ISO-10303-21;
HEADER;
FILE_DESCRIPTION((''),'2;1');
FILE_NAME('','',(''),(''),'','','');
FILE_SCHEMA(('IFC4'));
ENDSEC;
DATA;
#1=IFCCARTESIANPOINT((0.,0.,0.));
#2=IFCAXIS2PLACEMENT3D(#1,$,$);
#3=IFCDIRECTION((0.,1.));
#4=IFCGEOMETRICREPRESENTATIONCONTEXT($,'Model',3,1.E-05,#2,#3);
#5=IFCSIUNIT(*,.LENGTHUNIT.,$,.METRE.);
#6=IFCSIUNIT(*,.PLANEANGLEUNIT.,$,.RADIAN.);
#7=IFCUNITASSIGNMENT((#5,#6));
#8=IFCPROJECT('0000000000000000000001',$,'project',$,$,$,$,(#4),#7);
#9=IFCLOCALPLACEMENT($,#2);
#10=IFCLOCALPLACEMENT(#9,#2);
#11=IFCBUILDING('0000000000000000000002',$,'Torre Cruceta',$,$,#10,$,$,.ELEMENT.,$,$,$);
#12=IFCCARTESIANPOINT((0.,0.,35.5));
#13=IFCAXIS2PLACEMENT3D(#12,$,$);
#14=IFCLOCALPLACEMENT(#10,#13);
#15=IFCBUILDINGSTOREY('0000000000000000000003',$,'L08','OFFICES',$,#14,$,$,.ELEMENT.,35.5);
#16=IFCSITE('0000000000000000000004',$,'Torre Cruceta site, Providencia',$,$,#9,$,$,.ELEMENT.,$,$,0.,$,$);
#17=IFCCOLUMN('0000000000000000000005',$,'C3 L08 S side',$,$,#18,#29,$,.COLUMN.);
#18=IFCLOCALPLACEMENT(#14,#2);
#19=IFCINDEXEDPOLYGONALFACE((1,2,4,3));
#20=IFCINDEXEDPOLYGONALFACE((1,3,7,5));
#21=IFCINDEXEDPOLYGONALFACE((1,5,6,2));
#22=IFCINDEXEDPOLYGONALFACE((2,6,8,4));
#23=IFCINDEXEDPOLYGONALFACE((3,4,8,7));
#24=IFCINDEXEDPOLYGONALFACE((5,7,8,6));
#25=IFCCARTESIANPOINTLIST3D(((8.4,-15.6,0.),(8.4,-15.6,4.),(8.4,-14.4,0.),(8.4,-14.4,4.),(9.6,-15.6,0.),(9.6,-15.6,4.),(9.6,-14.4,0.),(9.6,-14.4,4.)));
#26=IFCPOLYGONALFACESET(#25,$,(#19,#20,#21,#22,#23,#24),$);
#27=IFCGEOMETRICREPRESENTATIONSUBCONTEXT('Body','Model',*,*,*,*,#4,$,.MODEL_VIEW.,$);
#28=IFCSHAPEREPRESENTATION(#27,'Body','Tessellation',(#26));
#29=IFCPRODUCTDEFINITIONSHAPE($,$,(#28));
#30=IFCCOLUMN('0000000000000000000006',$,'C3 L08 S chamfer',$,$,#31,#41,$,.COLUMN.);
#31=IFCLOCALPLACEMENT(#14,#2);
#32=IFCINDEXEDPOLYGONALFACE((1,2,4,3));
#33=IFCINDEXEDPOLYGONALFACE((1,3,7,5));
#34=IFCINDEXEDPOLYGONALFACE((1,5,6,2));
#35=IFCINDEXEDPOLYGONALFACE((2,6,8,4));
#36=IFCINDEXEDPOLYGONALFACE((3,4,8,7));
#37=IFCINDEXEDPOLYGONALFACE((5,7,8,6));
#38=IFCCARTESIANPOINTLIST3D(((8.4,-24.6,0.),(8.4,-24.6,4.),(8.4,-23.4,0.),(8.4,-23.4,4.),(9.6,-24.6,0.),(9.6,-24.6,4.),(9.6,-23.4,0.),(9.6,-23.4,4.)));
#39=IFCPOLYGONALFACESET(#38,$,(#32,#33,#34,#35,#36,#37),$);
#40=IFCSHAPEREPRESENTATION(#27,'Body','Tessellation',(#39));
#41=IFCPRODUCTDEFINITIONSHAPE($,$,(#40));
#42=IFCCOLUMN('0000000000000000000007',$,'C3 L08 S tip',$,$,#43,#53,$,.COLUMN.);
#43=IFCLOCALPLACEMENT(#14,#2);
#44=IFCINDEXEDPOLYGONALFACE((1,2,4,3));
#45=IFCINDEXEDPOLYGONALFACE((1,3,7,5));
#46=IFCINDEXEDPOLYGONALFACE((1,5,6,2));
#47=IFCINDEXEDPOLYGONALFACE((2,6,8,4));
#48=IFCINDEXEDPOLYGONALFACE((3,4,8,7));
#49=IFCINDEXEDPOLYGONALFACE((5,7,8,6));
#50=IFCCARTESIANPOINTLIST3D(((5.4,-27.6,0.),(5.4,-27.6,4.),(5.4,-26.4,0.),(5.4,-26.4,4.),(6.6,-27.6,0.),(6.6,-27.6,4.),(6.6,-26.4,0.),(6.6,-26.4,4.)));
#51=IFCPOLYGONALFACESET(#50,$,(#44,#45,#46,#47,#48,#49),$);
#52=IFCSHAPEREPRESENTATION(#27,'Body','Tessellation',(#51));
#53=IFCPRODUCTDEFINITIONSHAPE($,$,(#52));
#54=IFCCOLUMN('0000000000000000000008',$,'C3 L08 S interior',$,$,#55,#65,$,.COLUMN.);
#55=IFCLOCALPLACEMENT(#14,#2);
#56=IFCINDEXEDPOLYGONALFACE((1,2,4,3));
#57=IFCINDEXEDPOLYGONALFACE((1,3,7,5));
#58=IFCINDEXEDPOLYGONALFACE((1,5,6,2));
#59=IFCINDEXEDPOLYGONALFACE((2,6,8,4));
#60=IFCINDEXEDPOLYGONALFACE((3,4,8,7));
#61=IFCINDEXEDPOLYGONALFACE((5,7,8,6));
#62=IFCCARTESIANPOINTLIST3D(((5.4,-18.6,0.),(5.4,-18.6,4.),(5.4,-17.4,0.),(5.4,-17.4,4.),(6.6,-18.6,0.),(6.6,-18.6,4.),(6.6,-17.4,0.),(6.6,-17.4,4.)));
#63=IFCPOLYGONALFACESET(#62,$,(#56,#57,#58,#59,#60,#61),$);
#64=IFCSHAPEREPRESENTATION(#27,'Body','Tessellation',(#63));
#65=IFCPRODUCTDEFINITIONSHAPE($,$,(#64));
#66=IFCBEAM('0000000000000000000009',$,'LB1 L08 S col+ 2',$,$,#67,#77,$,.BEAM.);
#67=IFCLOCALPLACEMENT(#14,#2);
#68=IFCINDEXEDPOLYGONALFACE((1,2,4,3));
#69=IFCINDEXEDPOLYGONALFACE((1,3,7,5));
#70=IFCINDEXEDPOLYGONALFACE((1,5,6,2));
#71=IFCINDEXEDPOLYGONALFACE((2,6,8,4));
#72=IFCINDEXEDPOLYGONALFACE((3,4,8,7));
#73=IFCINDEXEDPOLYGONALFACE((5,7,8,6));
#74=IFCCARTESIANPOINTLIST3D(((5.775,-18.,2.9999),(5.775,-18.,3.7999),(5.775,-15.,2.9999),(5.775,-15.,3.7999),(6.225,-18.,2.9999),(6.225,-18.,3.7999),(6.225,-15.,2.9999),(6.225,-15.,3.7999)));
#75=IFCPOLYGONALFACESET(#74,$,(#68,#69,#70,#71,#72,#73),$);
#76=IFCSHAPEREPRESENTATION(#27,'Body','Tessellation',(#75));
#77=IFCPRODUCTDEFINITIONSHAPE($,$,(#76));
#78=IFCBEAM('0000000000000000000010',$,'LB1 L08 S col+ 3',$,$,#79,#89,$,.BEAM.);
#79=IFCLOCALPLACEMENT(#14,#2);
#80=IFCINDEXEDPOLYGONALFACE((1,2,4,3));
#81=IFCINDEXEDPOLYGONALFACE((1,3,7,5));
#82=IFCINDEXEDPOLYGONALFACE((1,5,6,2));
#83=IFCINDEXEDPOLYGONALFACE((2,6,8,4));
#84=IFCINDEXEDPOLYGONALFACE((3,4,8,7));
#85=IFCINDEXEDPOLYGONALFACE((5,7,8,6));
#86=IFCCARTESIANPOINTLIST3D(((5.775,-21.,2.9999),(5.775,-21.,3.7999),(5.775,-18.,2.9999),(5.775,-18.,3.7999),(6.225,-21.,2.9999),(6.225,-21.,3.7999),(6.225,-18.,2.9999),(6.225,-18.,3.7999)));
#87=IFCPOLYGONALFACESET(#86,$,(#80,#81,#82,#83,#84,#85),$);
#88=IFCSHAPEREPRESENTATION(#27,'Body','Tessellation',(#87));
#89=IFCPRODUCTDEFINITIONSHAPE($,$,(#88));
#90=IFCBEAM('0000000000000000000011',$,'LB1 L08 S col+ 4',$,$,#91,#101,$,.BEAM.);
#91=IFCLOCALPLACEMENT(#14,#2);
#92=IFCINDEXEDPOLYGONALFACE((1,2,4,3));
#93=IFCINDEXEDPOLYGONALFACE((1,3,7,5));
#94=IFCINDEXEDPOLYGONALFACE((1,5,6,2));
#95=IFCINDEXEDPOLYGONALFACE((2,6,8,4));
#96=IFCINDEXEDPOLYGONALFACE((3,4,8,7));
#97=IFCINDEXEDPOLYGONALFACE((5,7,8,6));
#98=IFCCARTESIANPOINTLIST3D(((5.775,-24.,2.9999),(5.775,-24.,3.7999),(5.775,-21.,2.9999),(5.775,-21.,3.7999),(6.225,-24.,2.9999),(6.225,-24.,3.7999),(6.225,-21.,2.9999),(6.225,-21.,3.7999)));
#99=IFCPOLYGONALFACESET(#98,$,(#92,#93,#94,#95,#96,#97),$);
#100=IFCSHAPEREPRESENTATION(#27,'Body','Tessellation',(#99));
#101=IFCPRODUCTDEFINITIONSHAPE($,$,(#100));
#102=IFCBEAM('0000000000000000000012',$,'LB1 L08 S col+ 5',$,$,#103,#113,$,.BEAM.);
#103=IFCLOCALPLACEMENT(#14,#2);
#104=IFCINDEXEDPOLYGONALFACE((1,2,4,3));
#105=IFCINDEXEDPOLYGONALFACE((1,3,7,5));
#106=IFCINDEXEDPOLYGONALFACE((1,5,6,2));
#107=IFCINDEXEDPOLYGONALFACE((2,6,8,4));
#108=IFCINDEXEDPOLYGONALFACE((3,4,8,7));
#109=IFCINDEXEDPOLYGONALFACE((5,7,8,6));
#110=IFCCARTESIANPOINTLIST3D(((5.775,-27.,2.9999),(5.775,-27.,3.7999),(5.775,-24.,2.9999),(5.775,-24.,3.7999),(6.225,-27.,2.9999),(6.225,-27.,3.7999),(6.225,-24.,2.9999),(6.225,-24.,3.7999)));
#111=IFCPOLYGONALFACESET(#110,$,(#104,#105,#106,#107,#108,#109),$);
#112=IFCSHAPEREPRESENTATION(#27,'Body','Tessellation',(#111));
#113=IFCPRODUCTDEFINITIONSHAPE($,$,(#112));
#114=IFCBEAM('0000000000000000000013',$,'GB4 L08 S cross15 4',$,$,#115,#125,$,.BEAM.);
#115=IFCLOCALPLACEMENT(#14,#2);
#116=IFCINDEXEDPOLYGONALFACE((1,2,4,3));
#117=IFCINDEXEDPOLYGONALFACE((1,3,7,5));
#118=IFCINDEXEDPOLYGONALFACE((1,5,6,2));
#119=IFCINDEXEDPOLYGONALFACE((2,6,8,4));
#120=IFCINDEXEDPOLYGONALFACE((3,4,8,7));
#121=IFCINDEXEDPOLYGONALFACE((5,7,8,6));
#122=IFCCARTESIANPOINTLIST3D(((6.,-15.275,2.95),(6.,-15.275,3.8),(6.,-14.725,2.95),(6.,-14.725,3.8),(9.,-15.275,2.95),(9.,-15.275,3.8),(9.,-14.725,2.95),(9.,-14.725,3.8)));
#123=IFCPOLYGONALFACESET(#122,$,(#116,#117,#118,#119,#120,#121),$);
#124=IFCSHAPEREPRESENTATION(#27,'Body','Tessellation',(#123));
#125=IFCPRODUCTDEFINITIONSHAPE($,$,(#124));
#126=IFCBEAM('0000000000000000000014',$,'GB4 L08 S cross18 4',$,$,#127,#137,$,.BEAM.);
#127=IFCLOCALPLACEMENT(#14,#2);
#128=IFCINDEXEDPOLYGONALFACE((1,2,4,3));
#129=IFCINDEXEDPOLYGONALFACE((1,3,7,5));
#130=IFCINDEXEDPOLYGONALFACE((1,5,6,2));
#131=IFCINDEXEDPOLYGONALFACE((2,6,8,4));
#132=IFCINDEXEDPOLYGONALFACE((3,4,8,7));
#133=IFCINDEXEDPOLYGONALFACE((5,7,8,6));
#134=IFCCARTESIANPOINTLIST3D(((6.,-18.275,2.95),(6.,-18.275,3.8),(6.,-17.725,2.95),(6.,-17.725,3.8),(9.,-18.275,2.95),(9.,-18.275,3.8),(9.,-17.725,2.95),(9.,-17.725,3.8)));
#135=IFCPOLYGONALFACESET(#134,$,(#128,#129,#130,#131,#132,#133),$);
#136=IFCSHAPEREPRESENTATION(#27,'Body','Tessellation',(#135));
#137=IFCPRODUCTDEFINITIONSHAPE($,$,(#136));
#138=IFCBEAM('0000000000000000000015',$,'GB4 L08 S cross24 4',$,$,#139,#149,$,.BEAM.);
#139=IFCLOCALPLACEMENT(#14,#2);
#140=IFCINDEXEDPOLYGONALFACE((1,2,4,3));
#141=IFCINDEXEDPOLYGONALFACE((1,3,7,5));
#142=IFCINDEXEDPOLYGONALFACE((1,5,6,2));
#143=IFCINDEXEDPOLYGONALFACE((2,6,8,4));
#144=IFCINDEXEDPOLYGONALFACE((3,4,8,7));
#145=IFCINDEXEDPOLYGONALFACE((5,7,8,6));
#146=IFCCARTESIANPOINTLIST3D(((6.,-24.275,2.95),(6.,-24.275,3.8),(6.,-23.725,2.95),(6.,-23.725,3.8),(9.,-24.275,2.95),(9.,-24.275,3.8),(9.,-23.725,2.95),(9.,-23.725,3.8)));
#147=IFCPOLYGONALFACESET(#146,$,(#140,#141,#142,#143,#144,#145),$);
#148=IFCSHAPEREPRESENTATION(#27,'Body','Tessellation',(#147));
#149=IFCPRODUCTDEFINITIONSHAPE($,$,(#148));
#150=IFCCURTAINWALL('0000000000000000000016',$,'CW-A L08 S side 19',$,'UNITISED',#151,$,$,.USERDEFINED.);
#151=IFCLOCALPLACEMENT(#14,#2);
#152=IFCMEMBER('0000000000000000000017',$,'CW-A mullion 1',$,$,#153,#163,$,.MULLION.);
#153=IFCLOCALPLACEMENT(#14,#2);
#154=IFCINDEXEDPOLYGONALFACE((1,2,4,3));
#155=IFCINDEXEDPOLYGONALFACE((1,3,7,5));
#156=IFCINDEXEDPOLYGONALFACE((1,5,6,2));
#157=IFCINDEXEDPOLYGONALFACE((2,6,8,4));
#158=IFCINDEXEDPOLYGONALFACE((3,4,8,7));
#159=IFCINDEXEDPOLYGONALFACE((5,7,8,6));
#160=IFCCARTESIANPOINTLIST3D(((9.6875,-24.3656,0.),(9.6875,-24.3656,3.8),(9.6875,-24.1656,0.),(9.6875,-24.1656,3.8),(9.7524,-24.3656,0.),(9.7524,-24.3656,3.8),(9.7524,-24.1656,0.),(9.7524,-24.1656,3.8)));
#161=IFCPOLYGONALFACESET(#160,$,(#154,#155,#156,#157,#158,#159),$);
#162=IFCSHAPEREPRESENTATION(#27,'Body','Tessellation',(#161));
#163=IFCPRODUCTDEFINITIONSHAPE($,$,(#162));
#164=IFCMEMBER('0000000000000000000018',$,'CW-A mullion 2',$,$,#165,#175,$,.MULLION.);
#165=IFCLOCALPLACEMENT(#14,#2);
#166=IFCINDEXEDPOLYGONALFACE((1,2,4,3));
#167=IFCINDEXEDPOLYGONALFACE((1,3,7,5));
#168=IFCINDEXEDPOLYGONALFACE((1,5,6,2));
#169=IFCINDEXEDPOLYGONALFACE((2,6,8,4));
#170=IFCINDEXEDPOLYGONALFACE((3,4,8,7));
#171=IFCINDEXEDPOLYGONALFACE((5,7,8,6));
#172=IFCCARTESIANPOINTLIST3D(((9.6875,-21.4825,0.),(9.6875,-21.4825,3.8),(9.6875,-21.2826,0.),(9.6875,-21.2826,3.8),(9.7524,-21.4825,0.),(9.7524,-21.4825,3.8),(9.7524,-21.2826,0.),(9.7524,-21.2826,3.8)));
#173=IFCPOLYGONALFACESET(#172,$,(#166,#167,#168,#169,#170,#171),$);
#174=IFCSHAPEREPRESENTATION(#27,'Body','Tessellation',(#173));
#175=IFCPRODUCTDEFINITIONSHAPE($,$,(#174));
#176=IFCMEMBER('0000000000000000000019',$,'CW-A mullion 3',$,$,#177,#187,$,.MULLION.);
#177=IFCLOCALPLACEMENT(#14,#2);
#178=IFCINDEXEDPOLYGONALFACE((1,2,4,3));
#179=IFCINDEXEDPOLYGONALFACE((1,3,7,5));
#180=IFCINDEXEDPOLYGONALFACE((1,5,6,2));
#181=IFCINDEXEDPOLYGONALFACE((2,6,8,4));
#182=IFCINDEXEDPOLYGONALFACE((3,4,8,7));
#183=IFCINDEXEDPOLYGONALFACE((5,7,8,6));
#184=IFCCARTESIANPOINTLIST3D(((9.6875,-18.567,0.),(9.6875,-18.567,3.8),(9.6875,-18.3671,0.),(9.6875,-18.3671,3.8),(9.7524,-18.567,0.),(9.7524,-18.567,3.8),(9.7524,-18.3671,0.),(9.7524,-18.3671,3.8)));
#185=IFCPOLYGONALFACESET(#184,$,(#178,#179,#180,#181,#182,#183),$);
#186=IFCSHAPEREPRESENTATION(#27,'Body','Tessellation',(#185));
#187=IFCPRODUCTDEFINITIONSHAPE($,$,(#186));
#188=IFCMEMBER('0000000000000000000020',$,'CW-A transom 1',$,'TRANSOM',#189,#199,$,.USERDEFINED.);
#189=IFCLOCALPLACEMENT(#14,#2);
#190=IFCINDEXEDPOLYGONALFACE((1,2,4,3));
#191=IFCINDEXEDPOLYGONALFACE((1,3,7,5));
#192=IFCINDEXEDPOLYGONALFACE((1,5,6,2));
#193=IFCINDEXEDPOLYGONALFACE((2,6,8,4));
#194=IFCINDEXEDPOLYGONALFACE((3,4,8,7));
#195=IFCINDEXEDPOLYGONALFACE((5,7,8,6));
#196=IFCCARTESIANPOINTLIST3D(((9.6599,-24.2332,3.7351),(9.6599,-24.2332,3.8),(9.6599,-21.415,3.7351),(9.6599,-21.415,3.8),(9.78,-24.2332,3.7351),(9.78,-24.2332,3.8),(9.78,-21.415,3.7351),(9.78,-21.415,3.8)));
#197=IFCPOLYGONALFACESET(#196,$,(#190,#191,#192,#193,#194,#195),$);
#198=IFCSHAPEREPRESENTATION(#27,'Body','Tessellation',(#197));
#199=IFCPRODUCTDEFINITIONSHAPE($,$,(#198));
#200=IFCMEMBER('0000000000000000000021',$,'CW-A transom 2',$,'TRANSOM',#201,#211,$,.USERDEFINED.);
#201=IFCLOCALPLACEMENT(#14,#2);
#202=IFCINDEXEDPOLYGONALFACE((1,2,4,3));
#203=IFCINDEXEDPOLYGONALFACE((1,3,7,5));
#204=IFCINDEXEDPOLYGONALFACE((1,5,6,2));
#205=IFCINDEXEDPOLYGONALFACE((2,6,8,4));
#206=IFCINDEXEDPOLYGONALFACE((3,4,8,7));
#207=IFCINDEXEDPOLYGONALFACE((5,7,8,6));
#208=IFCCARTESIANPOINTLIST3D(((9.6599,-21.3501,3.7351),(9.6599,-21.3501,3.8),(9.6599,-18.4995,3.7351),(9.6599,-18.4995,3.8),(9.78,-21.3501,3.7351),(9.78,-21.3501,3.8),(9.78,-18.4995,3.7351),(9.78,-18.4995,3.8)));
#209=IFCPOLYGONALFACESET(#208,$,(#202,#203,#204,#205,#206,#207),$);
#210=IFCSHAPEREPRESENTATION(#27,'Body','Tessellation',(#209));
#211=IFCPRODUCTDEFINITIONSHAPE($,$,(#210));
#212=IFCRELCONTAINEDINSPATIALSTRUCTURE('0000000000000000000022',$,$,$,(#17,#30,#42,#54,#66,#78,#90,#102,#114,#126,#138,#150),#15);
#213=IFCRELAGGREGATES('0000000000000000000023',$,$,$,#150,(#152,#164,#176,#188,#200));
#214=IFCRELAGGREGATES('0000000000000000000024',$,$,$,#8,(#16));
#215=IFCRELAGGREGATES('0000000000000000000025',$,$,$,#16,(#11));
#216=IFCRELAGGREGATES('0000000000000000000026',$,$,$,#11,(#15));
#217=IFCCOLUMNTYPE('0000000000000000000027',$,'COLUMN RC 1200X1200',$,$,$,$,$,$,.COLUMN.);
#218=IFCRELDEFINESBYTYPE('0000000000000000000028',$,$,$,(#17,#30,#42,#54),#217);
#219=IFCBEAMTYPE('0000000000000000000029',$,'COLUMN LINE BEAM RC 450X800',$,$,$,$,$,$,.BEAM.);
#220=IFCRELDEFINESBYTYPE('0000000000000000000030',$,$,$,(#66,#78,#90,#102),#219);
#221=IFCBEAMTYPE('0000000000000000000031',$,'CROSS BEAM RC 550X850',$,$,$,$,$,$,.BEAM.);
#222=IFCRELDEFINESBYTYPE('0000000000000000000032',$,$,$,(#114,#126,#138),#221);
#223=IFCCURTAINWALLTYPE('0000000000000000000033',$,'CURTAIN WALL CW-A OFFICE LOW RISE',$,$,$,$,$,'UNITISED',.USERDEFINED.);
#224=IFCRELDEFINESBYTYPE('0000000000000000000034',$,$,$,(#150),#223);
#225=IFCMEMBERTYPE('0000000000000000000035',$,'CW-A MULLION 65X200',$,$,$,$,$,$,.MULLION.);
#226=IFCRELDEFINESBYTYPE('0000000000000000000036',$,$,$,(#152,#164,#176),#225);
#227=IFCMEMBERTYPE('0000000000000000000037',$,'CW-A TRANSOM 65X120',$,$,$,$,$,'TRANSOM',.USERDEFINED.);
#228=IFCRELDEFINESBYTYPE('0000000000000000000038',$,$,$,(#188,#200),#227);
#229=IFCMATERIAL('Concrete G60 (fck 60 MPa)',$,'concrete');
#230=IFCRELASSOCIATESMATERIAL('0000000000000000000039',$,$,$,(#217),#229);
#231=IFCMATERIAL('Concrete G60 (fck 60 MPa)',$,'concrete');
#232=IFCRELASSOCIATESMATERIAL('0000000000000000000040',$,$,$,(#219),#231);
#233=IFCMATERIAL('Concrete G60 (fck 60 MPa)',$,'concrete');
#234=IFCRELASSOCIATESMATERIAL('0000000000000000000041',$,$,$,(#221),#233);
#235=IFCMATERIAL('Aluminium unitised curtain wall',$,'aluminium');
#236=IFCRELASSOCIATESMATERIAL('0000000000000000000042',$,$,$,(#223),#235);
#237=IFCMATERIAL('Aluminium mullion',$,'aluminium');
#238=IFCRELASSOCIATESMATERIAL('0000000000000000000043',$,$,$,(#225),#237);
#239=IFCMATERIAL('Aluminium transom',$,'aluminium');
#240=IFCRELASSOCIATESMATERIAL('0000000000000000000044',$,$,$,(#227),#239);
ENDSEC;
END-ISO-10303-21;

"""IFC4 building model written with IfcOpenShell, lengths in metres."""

from ifc_helpers import new_model, si_unit, direction, frame, origin, origin_2d, place, context, subcontext, project, spatial, rectangle, extrude, material, material_profile, profile_set, type_object, element, aggregate, save


model = new_model("IFC4")

# Units and contexts
model_context = context("Model", 3, precision=1e-05, world=origin(), true_north=direction((0.0, 1.0)))
body_context = subcontext(model_context, "Body", "Model", "MODEL_VIEW")
ifc_project = project(units=[si_unit("LENGTHUNIT", "METRE"), si_unit("PLANEANGLEUNIT", "RADIAN")], contexts=[model_context])

# Site, building, storey
site_placement = place(None, origin())
site = spatial("IfcSite", under=ifc_project, at=site_placement, Name="Torre Cruceta site, Providencia", CompositionType="ELEMENT", RefElevation=0.0)
building_placement = place(site_placement, origin())
building = spatial("IfcBuilding", under=site, at=building_placement, Name="Torre Cruceta", CompositionType="ELEMENT")
storey_placement = place(building_placement, frame((0.0, 0.0, 35.5)))
storey = spatial("IfcBuildingStorey", under=building, at=storey_placement, Name="L08", Description="OFFICES", CompositionType="ELEMENT", Elevation=35.5)

# Columns
ifc_material_1 = material(Name="Concrete G60 (fck 60 MPa)", Category="concrete")
ifc_material_profile_1 = material_profile(ifc_material_1, rectangle(XDim=1.2, YDim=1.2, at=origin_2d()), Name="RC 1200X1200")
ifc_profile_set_1 = profile_set([ifc_material_profile_1], Name="Concrete G60 (fck 60 MPa)")
column_type = type_object("IfcColumnType", Name="COLUMN RC 1200X1200", PredefinedType="COLUMN", material=ifc_profile_set_1)
for number, where, z_axis, x_axis, name in (
    (1, (9.0, -15.0, 0.0), (0.0, 0.0, 1.0), (1.0, 0.0, 0.0), "C3 L08 S side"),
    (2, (9.0, -24.0, 0.0), (0.0, 0.0, 1.0), (1.0, 0.0, 0.0), "C3 L08 S chamfer"),
    (3, (6.0, -27.0, 0.0), (0.0, 0.0, 1.0), (1.0, 0.0, 0.0), "C3 L08 S tip"),
    (4, (6.0, -18.0, 0.0), (0.0, 0.0, 1.0), (1.0, 0.0, 0.0), "C3 L08 S interior"),
):
    element("IfcColumn", number, at=place(storey_placement, frame(where, z_axis=z_axis, x_axis=x_axis)), inside=storey, type_object=column_type, Name=name, PredefinedType="COLUMN", context=body_context, shape_type="SweptSolid", body=[
        extrude(rectangle(XDim=1.2, YDim=1.2, at=origin_2d()), origin(), (0.0, 0.0, 1.0), 4.0),
    ])

# Beams
ifc_material_2 = material(Name="Concrete G60 (fck 60 MPa)", Category="concrete")
ifc_material_profile_2 = material_profile(ifc_material_2, rectangle(XDim=0.45, YDim=0.8, at=origin_2d()), Name="RC 450X800")
ifc_profile_set_2 = profile_set([ifc_material_profile_2], Name="Concrete G60 (fck 60 MPa)")
beam_type_1 = type_object("IfcBeamType", Name="COLUMN LINE BEAM RC 450X800", PredefinedType="BEAM", material=ifc_profile_set_2)
for number, where, z_axis, x_axis, name in (
    (5, (6.0, -15.0, 3.3999), (0.0, -1.0, 0.0), (1.0, 0.0, 0.0), "LB1 L08 S col+ 2"),
    (6, (6.0, -18.0, 3.3999), (0.0, -1.0, 0.0), (1.0, 0.0, 0.0), "LB1 L08 S col+ 3"),
    (7, (6.0, -21.0, 3.3999), (0.0, -1.0, 0.0), (1.0, 0.0, 0.0), "LB1 L08 S col+ 4"),
    (8, (6.0, -24.0, 3.3999), (0.0, -1.0, 0.0), (1.0, 0.0, 0.0), "LB1 L08 S col+ 5"),
):
    element("IfcBeam", number, at=place(storey_placement, frame(where, z_axis=z_axis, x_axis=x_axis)), inside=storey, type_object=beam_type_1, Name=name, PredefinedType="BEAM", context=body_context, shape_type="SweptSolid", body=[
        extrude(rectangle(XDim=0.45, YDim=0.8, at=origin_2d()), origin(), (0.0, 0.0, 1.0), 3.0),
    ])
ifc_material_3 = material(Name="Concrete G60 (fck 60 MPa)", Category="concrete")
ifc_material_profile_3 = material_profile(ifc_material_3, rectangle(XDim=0.55, YDim=0.8501, at=origin_2d()), Name="RC 550X850")
ifc_profile_set_3 = profile_set([ifc_material_profile_3], Name="Concrete G60 (fck 60 MPa)")
beam_type_2 = type_object("IfcBeamType", Name="CROSS BEAM RC 550X850", PredefinedType="BEAM", material=ifc_profile_set_3)
for number, where, z_axis, x_axis, name in (
    (9, (6.0, -15.0, 3.375), (1.0, 0.0, 0.0), (0.0, 1.0, 0.0), "GB4 L08 S cross15 4"),
    (10, (6.0, -18.0, 3.375), (1.0, 0.0, 0.0), (0.0, 1.0, 0.0), "GB4 L08 S cross18 4"),
    (11, (6.0, -24.0, 3.375), (1.0, 0.0, 0.0), (0.0, 1.0, 0.0), "GB4 L08 S cross24 4"),
):
    element("IfcBeam", number, at=place(storey_placement, frame(where, z_axis=z_axis, x_axis=x_axis)), inside=storey, type_object=beam_type_2, Name=name, PredefinedType="BEAM", context=body_context, shape_type="SweptSolid", body=[
        extrude(rectangle(XDim=0.55, YDim=0.8501, at=origin_2d()), origin(), (0.0, 0.0, 1.0), 3.0),
    ])

# Curtain wall, members
ifc_material_4 = material(Name="Aluminium unitised curtain wall", Category="aluminium")
curtain_wall_type = type_object("IfcCurtainWallType", Name="CURTAIN WALL CW-A OFFICE LOW RISE", ElementType="UNITISED", PredefinedType="USERDEFINED", material=ifc_material_4)
curtain_wall_placement = place(storey_placement, origin())
curtain_wall = element("IfcCurtainWall", 12, at=curtain_wall_placement, inside=storey, type_object=curtain_wall_type, Name="CW-A L08 S side 19", ObjectType="UNITISED", PredefinedType="USERDEFINED")
ifc_material_5 = material(Name="Aluminium mullion", Category="aluminium")
ifc_material_profile_4 = material_profile(ifc_material_5, rectangle(XDim=0.0649, YDim=0.2, at=origin_2d()), Name="AL 65X200")
ifc_profile_set_4 = profile_set([ifc_material_profile_4], Name="Aluminium mullion")
member_type_1 = type_object("IfcMemberType", Name="CW-A MULLION 65X200", PredefinedType="MULLION", material=ifc_profile_set_4)
member_1_placement = place(storey_placement, frame((9.72, -24.2656, 0.0), z_axis=(0.0, 0.0, 1.0), x_axis=(-1.0, 0.0, 0.0)))
member_1 = element("IfcMember", 13, at=member_1_placement, type_object=member_type_1, Name="CW-A mullion 1", PredefinedType="MULLION", context=body_context, shape_type="SweptSolid", body=[
    extrude(rectangle(XDim=0.0649, YDim=0.2, at=origin_2d()), origin(), (0.0, 0.0, 1.0), 3.8),
])
member_2_placement = place(storey_placement, frame((9.72, -21.3826, 0.0), z_axis=(0.0, 0.0, 1.0), x_axis=(-1.0, 0.0, 0.0)))
member_2 = element("IfcMember", 14, at=member_2_placement, type_object=member_type_1, Name="CW-A mullion 2", PredefinedType="MULLION", context=body_context, shape_type="SweptSolid", body=[
    extrude(rectangle(XDim=0.0649, YDim=0.2, at=origin_2d()), origin(), (0.0, 0.0, 1.0), 3.8),
])
member_3_placement = place(storey_placement, frame((9.72, -18.467, 0.0), z_axis=(0.0, 0.0, 1.0), x_axis=(-1.0, 0.0, 0.0)))
member_3 = element("IfcMember", 15, at=member_3_placement, type_object=member_type_1, Name="CW-A mullion 3", PredefinedType="MULLION", context=body_context, shape_type="SweptSolid", body=[
    extrude(rectangle(XDim=0.0649, YDim=0.2, at=origin_2d()), origin(), (0.0, 0.0, 1.0), 3.8),
])
ifc_material_6 = material(Name="Aluminium transom", Category="aluminium")
ifc_material_profile_5 = material_profile(ifc_material_6, rectangle(XDim=0.1201, YDim=0.0649, at=origin_2d()), Name="AL 120X65")
ifc_profile_set_5 = profile_set([ifc_material_profile_5], Name="Aluminium transom")
member_type_2 = type_object("IfcMemberType", Name="CW-A TRANSOM 65X120", ElementType="TRANSOM", PredefinedType="USERDEFINED", material=ifc_profile_set_5)
member_4_placement = place(storey_placement, frame((9.72, -24.2332, 3.7676), z_axis=(0.0, 1.0, 0.0), x_axis=(-1.0, 0.0, 0.0)))
member_4 = element("IfcMember", 16, at=member_4_placement, type_object=member_type_2, Name="CW-A transom 1", ObjectType="TRANSOM", PredefinedType="USERDEFINED", context=body_context, shape_type="SweptSolid", body=[
    extrude(rectangle(XDim=0.1201, YDim=0.0649, at=origin_2d()), origin(), (0.0, 0.0, 1.0), 2.8181),
])
member_5_placement = place(storey_placement, frame((9.72, -21.3501, 3.7676), z_axis=(0.0, 1.0, 0.0), x_axis=(-1.0, 0.0, 0.0)))
member_5 = element("IfcMember", 17, at=member_5_placement, type_object=member_type_2, Name="CW-A transom 2", ObjectType="TRANSOM", PredefinedType="USERDEFINED", context=body_context, shape_type="SweptSolid", body=[
    extrude(rectangle(XDim=0.1201, YDim=0.0649, at=origin_2d()), origin(), (0.0, 0.0, 1.0), 2.8506),
])

aggregate(curtain_wall, [member_1, member_2, member_3, member_4, member_5])

save(model, "model.ifc")
